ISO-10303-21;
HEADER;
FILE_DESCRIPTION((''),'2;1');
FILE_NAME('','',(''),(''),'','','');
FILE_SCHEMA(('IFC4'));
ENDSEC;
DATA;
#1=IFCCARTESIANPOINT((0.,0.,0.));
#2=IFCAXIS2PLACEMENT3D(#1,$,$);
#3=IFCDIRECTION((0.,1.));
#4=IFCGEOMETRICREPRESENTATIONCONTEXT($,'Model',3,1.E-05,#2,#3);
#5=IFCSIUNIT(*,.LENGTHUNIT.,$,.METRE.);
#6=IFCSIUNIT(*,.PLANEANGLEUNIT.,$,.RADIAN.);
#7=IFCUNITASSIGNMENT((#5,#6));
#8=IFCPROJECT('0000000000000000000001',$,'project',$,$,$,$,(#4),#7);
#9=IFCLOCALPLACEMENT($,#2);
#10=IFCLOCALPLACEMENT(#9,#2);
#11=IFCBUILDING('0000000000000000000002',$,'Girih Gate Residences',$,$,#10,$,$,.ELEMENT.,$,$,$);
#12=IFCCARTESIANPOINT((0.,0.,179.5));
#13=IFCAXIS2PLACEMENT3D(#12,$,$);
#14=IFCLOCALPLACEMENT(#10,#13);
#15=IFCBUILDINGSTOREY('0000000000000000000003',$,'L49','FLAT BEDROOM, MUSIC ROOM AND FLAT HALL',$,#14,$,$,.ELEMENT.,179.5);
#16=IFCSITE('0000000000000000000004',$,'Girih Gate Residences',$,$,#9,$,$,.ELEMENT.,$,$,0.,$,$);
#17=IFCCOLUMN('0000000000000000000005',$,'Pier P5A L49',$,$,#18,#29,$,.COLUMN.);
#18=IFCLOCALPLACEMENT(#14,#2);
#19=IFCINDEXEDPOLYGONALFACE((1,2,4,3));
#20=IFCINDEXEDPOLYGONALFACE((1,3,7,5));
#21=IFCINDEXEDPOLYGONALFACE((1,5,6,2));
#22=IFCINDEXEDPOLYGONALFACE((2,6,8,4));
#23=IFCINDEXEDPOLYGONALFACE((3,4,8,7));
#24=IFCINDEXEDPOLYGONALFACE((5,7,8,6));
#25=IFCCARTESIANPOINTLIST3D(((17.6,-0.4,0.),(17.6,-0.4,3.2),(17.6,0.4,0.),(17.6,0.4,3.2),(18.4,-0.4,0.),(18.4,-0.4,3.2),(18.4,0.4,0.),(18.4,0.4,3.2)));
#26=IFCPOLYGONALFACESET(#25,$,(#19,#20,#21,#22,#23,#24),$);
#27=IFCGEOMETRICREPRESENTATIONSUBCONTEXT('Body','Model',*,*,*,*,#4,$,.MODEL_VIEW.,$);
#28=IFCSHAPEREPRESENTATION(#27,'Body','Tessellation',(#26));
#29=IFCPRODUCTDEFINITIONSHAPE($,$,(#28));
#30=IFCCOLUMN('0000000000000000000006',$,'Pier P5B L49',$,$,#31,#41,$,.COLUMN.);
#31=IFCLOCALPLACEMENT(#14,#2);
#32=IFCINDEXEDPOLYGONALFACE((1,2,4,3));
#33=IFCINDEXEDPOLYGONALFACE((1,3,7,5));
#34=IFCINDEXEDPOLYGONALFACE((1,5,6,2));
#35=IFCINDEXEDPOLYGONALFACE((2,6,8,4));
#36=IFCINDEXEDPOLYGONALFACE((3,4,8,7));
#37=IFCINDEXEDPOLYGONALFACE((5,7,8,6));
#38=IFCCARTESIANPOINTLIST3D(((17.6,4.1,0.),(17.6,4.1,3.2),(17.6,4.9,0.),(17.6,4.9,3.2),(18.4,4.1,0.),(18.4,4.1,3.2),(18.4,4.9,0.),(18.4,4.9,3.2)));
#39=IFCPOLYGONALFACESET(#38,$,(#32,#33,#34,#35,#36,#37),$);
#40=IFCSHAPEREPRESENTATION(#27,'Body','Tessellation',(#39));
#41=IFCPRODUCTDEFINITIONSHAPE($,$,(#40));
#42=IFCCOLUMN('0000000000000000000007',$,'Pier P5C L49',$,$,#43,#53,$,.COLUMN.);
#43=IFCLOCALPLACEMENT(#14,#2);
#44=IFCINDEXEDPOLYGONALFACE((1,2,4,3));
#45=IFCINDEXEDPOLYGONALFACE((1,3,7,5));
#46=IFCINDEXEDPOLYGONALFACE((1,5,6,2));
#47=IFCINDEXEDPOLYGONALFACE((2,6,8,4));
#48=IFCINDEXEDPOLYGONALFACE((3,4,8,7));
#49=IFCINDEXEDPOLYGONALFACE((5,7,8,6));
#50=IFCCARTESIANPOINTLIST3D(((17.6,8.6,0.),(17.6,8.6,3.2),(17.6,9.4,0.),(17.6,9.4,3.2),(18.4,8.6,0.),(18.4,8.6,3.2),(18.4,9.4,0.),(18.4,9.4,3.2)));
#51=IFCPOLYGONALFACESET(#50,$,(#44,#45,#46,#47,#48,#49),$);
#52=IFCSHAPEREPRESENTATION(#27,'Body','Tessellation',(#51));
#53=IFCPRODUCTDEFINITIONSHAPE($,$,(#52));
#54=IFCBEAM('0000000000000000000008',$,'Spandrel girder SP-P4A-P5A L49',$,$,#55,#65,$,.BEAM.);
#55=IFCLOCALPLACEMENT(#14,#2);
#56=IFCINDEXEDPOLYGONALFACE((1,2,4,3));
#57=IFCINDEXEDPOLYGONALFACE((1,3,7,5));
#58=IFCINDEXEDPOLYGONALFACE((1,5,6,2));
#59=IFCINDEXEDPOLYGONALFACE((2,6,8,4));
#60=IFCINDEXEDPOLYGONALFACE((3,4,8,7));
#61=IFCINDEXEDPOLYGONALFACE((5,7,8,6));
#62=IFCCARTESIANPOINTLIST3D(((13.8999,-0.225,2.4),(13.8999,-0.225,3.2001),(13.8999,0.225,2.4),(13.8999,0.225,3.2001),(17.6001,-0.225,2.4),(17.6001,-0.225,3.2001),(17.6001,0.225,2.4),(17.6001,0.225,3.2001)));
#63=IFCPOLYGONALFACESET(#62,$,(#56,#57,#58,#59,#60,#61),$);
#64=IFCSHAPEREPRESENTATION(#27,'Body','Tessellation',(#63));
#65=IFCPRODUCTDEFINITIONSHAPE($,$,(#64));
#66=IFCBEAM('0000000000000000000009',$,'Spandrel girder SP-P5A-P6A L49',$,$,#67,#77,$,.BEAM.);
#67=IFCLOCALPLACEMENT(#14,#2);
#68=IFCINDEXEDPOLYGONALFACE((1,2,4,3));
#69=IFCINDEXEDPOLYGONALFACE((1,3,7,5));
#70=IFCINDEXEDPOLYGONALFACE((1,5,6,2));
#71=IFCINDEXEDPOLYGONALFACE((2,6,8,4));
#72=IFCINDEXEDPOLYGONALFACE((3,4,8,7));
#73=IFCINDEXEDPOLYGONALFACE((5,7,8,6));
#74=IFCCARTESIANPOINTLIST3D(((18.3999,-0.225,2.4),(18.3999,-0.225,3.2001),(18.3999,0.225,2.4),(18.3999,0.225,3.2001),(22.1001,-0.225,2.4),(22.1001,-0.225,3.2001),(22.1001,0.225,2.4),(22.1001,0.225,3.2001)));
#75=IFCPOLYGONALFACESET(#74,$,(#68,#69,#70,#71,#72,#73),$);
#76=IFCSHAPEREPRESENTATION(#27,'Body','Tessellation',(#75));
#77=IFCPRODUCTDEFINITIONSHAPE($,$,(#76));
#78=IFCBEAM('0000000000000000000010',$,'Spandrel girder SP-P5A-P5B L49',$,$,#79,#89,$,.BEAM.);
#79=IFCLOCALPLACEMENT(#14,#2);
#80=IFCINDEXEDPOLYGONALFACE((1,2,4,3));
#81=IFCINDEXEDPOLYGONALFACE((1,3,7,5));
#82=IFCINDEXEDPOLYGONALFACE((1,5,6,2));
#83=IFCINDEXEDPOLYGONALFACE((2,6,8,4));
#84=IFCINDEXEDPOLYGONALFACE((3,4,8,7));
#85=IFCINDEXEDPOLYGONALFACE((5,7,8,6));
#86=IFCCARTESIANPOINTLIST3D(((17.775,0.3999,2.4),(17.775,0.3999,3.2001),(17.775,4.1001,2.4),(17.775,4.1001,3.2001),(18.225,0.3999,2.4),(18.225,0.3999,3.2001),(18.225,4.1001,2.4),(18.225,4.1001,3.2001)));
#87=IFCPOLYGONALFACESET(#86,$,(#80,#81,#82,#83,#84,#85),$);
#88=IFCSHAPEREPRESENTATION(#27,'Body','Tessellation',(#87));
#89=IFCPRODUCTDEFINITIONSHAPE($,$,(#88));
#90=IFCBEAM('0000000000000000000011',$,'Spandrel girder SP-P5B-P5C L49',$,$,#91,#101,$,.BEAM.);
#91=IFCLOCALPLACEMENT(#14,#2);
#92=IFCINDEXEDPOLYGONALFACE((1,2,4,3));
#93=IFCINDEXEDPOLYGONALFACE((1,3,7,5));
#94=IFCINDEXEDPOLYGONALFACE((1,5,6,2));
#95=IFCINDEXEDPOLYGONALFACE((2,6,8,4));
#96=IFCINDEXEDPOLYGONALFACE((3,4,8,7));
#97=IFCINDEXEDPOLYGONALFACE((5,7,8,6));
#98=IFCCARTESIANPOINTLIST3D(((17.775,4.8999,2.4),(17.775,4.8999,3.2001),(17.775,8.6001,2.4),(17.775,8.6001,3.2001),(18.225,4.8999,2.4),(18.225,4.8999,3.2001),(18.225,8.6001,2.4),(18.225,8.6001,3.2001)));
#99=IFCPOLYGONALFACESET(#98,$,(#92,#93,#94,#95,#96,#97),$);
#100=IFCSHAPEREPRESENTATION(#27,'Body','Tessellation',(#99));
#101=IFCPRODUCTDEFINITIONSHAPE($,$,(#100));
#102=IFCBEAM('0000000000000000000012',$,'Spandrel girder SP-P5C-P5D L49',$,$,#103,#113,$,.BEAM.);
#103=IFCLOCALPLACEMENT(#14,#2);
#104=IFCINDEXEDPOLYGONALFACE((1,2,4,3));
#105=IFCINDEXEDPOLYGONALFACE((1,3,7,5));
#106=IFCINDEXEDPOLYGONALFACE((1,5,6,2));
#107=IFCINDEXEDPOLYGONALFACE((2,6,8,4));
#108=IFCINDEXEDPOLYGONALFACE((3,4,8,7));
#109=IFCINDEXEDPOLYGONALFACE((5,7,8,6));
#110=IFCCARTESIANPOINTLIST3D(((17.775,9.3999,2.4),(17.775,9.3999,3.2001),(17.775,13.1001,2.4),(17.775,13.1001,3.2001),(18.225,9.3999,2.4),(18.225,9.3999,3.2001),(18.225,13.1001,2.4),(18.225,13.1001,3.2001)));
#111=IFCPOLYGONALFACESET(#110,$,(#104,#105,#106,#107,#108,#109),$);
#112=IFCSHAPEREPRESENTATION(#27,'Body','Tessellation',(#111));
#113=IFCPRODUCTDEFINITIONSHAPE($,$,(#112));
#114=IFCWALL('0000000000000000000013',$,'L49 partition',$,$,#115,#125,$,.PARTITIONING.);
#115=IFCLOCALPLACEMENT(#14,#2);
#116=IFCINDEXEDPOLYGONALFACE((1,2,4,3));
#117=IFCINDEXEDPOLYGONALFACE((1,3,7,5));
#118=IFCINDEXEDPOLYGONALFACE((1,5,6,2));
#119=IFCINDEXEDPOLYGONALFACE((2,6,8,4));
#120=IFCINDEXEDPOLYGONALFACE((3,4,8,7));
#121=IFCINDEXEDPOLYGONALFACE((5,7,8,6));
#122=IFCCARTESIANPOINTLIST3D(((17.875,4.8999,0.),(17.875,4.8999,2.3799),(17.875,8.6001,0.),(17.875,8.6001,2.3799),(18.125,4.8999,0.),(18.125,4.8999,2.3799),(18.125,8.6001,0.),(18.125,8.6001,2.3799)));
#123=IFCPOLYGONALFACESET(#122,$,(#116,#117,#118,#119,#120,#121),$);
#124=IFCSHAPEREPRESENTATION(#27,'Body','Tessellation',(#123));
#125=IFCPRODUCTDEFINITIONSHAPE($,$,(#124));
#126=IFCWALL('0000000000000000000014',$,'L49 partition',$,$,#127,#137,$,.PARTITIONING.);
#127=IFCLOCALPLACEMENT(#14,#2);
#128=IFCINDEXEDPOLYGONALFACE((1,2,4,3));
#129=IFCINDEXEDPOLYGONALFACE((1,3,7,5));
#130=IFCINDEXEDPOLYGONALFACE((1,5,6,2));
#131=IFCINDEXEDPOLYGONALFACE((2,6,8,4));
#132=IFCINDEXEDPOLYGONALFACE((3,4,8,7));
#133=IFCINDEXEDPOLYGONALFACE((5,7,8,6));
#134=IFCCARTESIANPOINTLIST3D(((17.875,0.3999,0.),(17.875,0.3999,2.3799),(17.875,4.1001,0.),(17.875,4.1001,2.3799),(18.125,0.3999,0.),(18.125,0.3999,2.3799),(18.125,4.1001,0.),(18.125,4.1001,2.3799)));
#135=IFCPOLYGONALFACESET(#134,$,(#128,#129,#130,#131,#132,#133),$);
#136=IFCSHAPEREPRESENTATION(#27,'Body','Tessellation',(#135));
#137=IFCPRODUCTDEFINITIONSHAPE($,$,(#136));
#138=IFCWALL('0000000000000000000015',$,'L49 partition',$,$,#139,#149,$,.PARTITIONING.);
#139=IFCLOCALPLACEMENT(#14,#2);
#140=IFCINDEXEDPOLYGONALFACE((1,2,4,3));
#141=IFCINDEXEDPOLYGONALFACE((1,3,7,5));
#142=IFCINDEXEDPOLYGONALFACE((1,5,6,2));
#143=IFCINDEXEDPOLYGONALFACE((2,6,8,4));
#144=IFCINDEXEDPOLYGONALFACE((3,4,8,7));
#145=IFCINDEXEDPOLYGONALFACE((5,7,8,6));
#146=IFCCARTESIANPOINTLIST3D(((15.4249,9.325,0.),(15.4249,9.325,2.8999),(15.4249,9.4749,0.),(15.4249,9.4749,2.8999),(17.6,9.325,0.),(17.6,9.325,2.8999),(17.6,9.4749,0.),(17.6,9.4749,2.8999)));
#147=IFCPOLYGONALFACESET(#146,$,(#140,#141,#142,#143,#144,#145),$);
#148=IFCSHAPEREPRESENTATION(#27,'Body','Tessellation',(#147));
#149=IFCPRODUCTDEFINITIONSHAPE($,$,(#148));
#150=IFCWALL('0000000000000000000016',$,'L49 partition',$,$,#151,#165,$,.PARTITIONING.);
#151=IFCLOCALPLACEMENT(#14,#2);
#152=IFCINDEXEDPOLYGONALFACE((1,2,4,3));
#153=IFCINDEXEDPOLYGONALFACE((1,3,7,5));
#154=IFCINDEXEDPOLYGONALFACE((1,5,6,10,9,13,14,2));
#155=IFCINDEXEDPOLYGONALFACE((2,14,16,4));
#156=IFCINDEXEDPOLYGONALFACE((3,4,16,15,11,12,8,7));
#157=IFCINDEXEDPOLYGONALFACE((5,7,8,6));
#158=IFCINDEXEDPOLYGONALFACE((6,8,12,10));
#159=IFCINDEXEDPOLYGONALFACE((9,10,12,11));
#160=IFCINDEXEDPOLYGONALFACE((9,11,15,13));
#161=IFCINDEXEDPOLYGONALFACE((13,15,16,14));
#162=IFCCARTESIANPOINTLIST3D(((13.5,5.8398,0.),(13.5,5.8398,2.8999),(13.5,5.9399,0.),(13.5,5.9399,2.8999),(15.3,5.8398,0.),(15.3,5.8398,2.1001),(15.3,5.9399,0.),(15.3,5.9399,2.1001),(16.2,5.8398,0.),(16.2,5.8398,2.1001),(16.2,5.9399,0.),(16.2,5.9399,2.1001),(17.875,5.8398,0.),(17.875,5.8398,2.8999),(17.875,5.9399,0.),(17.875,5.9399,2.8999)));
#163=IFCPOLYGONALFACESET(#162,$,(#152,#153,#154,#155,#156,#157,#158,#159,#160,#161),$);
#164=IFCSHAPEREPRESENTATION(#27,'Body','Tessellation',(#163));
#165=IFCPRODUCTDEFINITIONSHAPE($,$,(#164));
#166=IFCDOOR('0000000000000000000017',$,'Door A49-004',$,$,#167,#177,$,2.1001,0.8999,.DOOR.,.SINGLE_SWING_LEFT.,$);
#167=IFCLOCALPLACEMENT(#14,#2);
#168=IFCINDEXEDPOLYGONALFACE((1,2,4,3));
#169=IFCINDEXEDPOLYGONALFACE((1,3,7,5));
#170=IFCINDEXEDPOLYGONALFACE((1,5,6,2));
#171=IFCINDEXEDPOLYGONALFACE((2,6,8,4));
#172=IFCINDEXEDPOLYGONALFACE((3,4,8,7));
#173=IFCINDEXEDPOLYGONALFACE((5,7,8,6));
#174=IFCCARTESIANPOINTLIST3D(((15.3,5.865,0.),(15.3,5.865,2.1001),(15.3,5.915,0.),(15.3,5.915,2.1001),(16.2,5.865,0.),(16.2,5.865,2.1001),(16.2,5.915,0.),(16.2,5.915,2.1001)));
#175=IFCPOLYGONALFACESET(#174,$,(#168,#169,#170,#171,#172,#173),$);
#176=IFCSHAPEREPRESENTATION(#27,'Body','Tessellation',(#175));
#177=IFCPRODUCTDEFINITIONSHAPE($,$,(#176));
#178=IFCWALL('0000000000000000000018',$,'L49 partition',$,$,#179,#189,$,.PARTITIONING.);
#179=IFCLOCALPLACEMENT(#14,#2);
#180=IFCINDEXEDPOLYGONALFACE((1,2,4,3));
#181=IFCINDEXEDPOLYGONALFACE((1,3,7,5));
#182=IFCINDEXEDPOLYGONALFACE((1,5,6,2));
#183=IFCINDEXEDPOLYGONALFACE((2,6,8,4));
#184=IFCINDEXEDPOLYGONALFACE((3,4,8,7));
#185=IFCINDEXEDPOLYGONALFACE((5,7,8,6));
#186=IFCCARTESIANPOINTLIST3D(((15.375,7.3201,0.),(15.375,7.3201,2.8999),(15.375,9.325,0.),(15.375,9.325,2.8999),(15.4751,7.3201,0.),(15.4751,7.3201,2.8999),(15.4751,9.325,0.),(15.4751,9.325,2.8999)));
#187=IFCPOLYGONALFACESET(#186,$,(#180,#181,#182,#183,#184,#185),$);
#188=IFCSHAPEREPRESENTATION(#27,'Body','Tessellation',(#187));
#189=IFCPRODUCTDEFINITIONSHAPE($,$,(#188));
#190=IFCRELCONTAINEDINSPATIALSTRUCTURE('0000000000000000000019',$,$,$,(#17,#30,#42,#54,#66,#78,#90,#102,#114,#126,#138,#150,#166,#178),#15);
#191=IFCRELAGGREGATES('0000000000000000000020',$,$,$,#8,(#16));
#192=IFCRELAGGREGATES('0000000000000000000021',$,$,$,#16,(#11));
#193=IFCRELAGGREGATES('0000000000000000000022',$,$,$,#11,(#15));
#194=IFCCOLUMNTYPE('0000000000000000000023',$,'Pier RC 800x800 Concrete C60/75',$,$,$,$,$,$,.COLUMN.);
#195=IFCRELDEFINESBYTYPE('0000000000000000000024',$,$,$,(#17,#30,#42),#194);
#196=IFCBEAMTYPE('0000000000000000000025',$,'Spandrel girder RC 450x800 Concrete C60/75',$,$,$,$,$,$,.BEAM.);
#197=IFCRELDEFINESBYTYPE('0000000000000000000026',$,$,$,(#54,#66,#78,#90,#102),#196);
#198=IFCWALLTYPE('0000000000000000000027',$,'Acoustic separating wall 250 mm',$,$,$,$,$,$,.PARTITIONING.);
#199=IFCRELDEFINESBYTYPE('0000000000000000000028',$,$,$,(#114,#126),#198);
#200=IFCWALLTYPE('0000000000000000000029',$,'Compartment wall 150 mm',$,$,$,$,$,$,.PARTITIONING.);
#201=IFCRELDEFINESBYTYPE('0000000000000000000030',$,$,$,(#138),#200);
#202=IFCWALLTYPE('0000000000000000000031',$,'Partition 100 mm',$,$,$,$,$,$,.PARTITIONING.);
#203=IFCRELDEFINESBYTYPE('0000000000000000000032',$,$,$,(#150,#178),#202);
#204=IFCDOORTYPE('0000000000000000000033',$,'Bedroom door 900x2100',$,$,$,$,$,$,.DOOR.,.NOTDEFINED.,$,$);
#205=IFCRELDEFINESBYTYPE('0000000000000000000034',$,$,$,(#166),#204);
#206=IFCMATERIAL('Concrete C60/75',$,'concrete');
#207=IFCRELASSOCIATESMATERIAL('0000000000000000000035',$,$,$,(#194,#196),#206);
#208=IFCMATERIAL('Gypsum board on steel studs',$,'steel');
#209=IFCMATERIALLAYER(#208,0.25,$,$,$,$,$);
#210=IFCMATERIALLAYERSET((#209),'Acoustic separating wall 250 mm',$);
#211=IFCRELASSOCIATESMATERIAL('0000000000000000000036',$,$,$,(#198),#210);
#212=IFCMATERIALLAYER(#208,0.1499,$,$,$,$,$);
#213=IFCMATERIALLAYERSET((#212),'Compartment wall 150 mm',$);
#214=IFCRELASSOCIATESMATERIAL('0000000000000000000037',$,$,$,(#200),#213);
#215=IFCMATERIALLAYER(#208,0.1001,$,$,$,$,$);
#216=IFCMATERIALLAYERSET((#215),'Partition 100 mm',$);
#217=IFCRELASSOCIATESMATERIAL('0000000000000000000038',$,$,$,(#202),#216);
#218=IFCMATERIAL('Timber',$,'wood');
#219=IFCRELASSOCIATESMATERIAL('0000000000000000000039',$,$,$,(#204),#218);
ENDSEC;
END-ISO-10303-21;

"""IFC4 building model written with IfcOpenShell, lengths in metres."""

from ifc_helpers import new_model, si_unit, direction, frame, frame_2d, origin, origin_2d, place, context, subcontext, project, spatial, rectangle, extrude, material, layer, layer_set, material_profile, profile_set, type_object, element, fill, save


model = new_model("IFC4")

# Units and contexts
model_context = context("Model", 3, precision=1e-05, world=origin(), true_north=direction((0.0, 1.0)))
body_context = subcontext(model_context, "Body", "Model", "MODEL_VIEW")
ifc_project = project(units=[si_unit("LENGTHUNIT", "METRE"), si_unit("PLANEANGLEUNIT", "RADIAN")], contexts=[model_context])

# Site, building, storey
site_placement = place(None, origin())
site = spatial("IfcSite", under=ifc_project, at=site_placement, Name="Girih Gate Residences", CompositionType="ELEMENT", RefElevation=0.0)
building_placement = place(site_placement, origin())
building = spatial("IfcBuilding", under=site, at=building_placement, Name="Girih Gate Residences", CompositionType="ELEMENT")
storey_placement = place(building_placement, frame((0.0, 0.0, 179.5)))
storey = spatial("IfcBuildingStorey", under=building, at=storey_placement, Name="L49", Description="FLAT BEDROOM, MUSIC ROOM AND FLAT HALL", CompositionType="ELEMENT", Elevation=179.5)

# Columns
ifc_material_1 = material(Name="Concrete C60/75", Category="concrete")
ifc_material_profile_1 = material_profile(ifc_material_1, rectangle(XDim=0.8, YDim=0.8, at=origin_2d()))
ifc_profile_set_1 = profile_set([ifc_material_profile_1], Name="Concrete C60/75")
column_type = type_object("IfcColumnType", Name="Pier RC 800x800 Concrete C60/75", PredefinedType="COLUMN", material=ifc_profile_set_1)
for number, where, z_axis, x_axis, name in (
    (1, (18.0, 0.0, 0.0), (0.0, 0.0, 1.0), (1.0, 0.0, 0.0), "Pier P5A L49"),
    (2, (18.0, 4.5, 0.0), (0.0, 0.0, 1.0), (1.0, 0.0, 0.0), "Pier P5B L49"),
    (3, (18.0, 9.0, 0.0), (0.0, 0.0, 1.0), (1.0, 0.0, 0.0), "Pier P5C L49"),
):
    element("IfcColumn", number, at=place(storey_placement, frame(where, z_axis=z_axis, x_axis=x_axis)), inside=storey, type_object=column_type, Name=name, PredefinedType="COLUMN", context=body_context, shape_type="SweptSolid", body=[
        extrude(rectangle(XDim=0.8, YDim=0.8, at=origin_2d()), origin(), (0.0, 0.0, 1.0), 3.2),
    ])

# Beams
ifc_material_profile_2 = material_profile(ifc_material_1, rectangle(XDim=0.45, YDim=0.8, at=origin_2d()))
ifc_profile_set_2 = profile_set([ifc_material_profile_2], Name="Concrete C60/75")
beam_type = type_object("IfcBeamType", Name="Spandrel girder RC 450x800 Concrete C60/75", PredefinedType="BEAM", material=ifc_profile_set_2)
for number, where, z_axis, x_axis, name in (
    (4, (13.8999, 0.0, 2.8), (1.0, 0.0, 0.0), (0.0, 1.0, 0.0), "Spandrel girder SP-P4A-P5A L49"),
    (5, (18.3999, 0.0, 2.8), (1.0, 0.0, 0.0), (0.0, 1.0, 0.0), "Spandrel girder SP-P5A-P6A L49"),
    (6, (18.0, 0.3999, 2.8), (0.0, 1.0, 0.0), (-1.0, 0.0, 0.0), "Spandrel girder SP-P5A-P5B L49"),
    (7, (18.0, 4.8999, 2.8), (0.0, 1.0, 0.0), (-1.0, 0.0, 0.0), "Spandrel girder SP-P5B-P5C L49"),
    (8, (18.0, 9.3999, 2.8), (0.0, 1.0, 0.0), (-1.0, 0.0, 0.0), "Spandrel girder SP-P5C-P5D L49"),
):
    element("IfcBeam", number, at=place(storey_placement, frame(where, z_axis=z_axis, x_axis=x_axis)), inside=storey, type_object=beam_type, Name=name, PredefinedType="BEAM", context=body_context, shape_type="SweptSolid", body=[
        extrude(rectangle(XDim=0.45, YDim=0.8, at=origin_2d()), origin(), (0.0, 0.0, 1.0), 3.7002),
    ])

# Walls
ifc_material_2 = material(Name="Gypsum board on steel studs", Category="steel")
ifc_layer_1 = layer(ifc_material_2, 0.25)
ifc_layer_set_1 = layer_set([ifc_layer_1], Name="Acoustic separating wall 250 mm")
wall_type_1 = type_object("IfcWallType", Name="Acoustic separating wall 250 mm", PredefinedType="PARTITIONING", material=ifc_layer_set_1)
for number, where, z_axis, x_axis, name in (
    (9, (18.0, 4.8999, 0.0), (0.0, 0.0, 1.0), (0.0, 1.0, 0.0), "L49 partition"),
    (10, (18.0, 0.3999, 0.0), (0.0, 0.0, 1.0), (0.0, 1.0, 0.0), "L49 partition"),
):
    element("IfcWall", number, at=place(storey_placement, frame(where, z_axis=z_axis, x_axis=x_axis)), inside=storey, type_object=wall_type_1, Name=name, PredefinedType="PARTITIONING", context=body_context, shape_type="SweptSolid", body=[
        extrude(rectangle(XDim=3.7002, YDim=0.25, at=frame_2d((1.8501, 0.0))), origin(), (0.0, 0.0, 1.0), 2.3799),
    ])

# Shared definitions
ifc_layer_2 = layer(ifc_material_2, 0.1499)
ifc_layer_set_2 = layer_set([ifc_layer_2], Name="Compartment wall 150 mm")
wall_type_2 = type_object("IfcWallType", Name="Compartment wall 150 mm", PredefinedType="PARTITIONING", material=ifc_layer_set_2)

# Wall
wall_1_placement = place(storey_placement, frame((15.425, 9.3999, 0.0), z_axis=(0.0, 0.0, 1.0), x_axis=(1.0, 0.0, 0.0)))
element("IfcWall", 11, at=wall_1_placement, inside=storey, type_object=wall_type_2, Name="L49 partition", PredefinedType="PARTITIONING", context=body_context, shape_type="SweptSolid", body=[
    extrude(rectangle(XDim=2.175, YDim=0.1499, at=frame_2d((1.0874, 0.0))), origin(), (0.0, 0.0, 1.0), 2.8999),
])

# Wall, opening, door
ifc_layer_3 = layer(ifc_material_2, 0.1001)
ifc_layer_set_3 = layer_set([ifc_layer_3], Name="Partition 100 mm")
wall_type_3 = type_object("IfcWallType", Name="Partition 100 mm", PredefinedType="PARTITIONING", material=ifc_layer_set_3)
wall_2_placement = place(storey_placement, frame((17.875, 5.8899, 0.0), z_axis=(0.0, 0.0, 1.0), x_axis=(-1.0, 0.0, 0.0)))
wall_2 = element("IfcWall", 12, at=wall_2_placement, inside=storey, type_object=wall_type_3, Name="L49 partition", PredefinedType="PARTITIONING", context=body_context, shape_type="SweptSolid", body=[
    extrude(rectangle(XDim=4.375, YDim=0.1001, at=frame_2d((2.1875, 0.0))), origin(), (0.0, 0.0, 1.0), 2.8999),
])
opening_1_placement = place(wall_2_placement, frame((1.675, 0.0, 0.0)))
opening_1 = element("IfcOpeningElement", 13, at=opening_1_placement, cuts=wall_2, PredefinedType="OPENING", context=body_context, shape_type="SweptSolid", body=[
    extrude(rectangle(XDim=0.8999, YDim=2.1001, at=frame_2d((0.45, 1.05))), frame((0.0, 0.0601, 0.0), z_axis=(0.0, -1.0, 0.0), x_axis=(1.0, 0.0, 0.0)), (0.0, 0.0, 1.0), 0.1201),
])
ifc_material_3 = material(Name="Timber", Category="wood")
door_type_1 = type_object("IfcDoorType", Name="Bedroom door 900x2100", OperationType="NOTDEFINED", PredefinedType="DOOR", material=ifc_material_3)
door_1_placement = place(opening_1_placement, origin())
door_1 = element("IfcDoor", 14, at=door_1_placement, inside=storey, type_object=door_type_1, Name="Door A49-004", OperationType="SINGLE_SWING_LEFT", OverallHeight=2.1001, OverallWidth=0.8999, PredefinedType="DOOR", context=body_context, shape_type="SweptSolid", body=[
    extrude(rectangle(XDim=0.8999, YDim=2.1001, at=frame_2d((0.45, 1.05))), frame((0.0, 0.0249, 0.0), z_axis=(0.0, -1.0, 0.0), x_axis=(1.0, 0.0, 0.0)), (0.0, 0.0, 1.0), 0.05),
])
fill(opening_1, door_1)

# Wall
wall_3_placement = place(storey_placement, frame((15.425, 7.3201, 0.0), z_axis=(0.0, 0.0, 1.0), x_axis=(0.0, 1.0, 0.0)))
element("IfcWall", 15, at=wall_3_placement, inside=storey, type_object=wall_type_3, Name="L49 partition", PredefinedType="PARTITIONING", context=body_context, shape_type="SweptSolid", body=[
    extrude(rectangle(XDim=2.0049, YDim=0.1001, at=frame_2d((1.0024, 0.0))), origin(), (0.0, 0.0, 1.0), 2.8999),
])

save(model, "model.ifc")
